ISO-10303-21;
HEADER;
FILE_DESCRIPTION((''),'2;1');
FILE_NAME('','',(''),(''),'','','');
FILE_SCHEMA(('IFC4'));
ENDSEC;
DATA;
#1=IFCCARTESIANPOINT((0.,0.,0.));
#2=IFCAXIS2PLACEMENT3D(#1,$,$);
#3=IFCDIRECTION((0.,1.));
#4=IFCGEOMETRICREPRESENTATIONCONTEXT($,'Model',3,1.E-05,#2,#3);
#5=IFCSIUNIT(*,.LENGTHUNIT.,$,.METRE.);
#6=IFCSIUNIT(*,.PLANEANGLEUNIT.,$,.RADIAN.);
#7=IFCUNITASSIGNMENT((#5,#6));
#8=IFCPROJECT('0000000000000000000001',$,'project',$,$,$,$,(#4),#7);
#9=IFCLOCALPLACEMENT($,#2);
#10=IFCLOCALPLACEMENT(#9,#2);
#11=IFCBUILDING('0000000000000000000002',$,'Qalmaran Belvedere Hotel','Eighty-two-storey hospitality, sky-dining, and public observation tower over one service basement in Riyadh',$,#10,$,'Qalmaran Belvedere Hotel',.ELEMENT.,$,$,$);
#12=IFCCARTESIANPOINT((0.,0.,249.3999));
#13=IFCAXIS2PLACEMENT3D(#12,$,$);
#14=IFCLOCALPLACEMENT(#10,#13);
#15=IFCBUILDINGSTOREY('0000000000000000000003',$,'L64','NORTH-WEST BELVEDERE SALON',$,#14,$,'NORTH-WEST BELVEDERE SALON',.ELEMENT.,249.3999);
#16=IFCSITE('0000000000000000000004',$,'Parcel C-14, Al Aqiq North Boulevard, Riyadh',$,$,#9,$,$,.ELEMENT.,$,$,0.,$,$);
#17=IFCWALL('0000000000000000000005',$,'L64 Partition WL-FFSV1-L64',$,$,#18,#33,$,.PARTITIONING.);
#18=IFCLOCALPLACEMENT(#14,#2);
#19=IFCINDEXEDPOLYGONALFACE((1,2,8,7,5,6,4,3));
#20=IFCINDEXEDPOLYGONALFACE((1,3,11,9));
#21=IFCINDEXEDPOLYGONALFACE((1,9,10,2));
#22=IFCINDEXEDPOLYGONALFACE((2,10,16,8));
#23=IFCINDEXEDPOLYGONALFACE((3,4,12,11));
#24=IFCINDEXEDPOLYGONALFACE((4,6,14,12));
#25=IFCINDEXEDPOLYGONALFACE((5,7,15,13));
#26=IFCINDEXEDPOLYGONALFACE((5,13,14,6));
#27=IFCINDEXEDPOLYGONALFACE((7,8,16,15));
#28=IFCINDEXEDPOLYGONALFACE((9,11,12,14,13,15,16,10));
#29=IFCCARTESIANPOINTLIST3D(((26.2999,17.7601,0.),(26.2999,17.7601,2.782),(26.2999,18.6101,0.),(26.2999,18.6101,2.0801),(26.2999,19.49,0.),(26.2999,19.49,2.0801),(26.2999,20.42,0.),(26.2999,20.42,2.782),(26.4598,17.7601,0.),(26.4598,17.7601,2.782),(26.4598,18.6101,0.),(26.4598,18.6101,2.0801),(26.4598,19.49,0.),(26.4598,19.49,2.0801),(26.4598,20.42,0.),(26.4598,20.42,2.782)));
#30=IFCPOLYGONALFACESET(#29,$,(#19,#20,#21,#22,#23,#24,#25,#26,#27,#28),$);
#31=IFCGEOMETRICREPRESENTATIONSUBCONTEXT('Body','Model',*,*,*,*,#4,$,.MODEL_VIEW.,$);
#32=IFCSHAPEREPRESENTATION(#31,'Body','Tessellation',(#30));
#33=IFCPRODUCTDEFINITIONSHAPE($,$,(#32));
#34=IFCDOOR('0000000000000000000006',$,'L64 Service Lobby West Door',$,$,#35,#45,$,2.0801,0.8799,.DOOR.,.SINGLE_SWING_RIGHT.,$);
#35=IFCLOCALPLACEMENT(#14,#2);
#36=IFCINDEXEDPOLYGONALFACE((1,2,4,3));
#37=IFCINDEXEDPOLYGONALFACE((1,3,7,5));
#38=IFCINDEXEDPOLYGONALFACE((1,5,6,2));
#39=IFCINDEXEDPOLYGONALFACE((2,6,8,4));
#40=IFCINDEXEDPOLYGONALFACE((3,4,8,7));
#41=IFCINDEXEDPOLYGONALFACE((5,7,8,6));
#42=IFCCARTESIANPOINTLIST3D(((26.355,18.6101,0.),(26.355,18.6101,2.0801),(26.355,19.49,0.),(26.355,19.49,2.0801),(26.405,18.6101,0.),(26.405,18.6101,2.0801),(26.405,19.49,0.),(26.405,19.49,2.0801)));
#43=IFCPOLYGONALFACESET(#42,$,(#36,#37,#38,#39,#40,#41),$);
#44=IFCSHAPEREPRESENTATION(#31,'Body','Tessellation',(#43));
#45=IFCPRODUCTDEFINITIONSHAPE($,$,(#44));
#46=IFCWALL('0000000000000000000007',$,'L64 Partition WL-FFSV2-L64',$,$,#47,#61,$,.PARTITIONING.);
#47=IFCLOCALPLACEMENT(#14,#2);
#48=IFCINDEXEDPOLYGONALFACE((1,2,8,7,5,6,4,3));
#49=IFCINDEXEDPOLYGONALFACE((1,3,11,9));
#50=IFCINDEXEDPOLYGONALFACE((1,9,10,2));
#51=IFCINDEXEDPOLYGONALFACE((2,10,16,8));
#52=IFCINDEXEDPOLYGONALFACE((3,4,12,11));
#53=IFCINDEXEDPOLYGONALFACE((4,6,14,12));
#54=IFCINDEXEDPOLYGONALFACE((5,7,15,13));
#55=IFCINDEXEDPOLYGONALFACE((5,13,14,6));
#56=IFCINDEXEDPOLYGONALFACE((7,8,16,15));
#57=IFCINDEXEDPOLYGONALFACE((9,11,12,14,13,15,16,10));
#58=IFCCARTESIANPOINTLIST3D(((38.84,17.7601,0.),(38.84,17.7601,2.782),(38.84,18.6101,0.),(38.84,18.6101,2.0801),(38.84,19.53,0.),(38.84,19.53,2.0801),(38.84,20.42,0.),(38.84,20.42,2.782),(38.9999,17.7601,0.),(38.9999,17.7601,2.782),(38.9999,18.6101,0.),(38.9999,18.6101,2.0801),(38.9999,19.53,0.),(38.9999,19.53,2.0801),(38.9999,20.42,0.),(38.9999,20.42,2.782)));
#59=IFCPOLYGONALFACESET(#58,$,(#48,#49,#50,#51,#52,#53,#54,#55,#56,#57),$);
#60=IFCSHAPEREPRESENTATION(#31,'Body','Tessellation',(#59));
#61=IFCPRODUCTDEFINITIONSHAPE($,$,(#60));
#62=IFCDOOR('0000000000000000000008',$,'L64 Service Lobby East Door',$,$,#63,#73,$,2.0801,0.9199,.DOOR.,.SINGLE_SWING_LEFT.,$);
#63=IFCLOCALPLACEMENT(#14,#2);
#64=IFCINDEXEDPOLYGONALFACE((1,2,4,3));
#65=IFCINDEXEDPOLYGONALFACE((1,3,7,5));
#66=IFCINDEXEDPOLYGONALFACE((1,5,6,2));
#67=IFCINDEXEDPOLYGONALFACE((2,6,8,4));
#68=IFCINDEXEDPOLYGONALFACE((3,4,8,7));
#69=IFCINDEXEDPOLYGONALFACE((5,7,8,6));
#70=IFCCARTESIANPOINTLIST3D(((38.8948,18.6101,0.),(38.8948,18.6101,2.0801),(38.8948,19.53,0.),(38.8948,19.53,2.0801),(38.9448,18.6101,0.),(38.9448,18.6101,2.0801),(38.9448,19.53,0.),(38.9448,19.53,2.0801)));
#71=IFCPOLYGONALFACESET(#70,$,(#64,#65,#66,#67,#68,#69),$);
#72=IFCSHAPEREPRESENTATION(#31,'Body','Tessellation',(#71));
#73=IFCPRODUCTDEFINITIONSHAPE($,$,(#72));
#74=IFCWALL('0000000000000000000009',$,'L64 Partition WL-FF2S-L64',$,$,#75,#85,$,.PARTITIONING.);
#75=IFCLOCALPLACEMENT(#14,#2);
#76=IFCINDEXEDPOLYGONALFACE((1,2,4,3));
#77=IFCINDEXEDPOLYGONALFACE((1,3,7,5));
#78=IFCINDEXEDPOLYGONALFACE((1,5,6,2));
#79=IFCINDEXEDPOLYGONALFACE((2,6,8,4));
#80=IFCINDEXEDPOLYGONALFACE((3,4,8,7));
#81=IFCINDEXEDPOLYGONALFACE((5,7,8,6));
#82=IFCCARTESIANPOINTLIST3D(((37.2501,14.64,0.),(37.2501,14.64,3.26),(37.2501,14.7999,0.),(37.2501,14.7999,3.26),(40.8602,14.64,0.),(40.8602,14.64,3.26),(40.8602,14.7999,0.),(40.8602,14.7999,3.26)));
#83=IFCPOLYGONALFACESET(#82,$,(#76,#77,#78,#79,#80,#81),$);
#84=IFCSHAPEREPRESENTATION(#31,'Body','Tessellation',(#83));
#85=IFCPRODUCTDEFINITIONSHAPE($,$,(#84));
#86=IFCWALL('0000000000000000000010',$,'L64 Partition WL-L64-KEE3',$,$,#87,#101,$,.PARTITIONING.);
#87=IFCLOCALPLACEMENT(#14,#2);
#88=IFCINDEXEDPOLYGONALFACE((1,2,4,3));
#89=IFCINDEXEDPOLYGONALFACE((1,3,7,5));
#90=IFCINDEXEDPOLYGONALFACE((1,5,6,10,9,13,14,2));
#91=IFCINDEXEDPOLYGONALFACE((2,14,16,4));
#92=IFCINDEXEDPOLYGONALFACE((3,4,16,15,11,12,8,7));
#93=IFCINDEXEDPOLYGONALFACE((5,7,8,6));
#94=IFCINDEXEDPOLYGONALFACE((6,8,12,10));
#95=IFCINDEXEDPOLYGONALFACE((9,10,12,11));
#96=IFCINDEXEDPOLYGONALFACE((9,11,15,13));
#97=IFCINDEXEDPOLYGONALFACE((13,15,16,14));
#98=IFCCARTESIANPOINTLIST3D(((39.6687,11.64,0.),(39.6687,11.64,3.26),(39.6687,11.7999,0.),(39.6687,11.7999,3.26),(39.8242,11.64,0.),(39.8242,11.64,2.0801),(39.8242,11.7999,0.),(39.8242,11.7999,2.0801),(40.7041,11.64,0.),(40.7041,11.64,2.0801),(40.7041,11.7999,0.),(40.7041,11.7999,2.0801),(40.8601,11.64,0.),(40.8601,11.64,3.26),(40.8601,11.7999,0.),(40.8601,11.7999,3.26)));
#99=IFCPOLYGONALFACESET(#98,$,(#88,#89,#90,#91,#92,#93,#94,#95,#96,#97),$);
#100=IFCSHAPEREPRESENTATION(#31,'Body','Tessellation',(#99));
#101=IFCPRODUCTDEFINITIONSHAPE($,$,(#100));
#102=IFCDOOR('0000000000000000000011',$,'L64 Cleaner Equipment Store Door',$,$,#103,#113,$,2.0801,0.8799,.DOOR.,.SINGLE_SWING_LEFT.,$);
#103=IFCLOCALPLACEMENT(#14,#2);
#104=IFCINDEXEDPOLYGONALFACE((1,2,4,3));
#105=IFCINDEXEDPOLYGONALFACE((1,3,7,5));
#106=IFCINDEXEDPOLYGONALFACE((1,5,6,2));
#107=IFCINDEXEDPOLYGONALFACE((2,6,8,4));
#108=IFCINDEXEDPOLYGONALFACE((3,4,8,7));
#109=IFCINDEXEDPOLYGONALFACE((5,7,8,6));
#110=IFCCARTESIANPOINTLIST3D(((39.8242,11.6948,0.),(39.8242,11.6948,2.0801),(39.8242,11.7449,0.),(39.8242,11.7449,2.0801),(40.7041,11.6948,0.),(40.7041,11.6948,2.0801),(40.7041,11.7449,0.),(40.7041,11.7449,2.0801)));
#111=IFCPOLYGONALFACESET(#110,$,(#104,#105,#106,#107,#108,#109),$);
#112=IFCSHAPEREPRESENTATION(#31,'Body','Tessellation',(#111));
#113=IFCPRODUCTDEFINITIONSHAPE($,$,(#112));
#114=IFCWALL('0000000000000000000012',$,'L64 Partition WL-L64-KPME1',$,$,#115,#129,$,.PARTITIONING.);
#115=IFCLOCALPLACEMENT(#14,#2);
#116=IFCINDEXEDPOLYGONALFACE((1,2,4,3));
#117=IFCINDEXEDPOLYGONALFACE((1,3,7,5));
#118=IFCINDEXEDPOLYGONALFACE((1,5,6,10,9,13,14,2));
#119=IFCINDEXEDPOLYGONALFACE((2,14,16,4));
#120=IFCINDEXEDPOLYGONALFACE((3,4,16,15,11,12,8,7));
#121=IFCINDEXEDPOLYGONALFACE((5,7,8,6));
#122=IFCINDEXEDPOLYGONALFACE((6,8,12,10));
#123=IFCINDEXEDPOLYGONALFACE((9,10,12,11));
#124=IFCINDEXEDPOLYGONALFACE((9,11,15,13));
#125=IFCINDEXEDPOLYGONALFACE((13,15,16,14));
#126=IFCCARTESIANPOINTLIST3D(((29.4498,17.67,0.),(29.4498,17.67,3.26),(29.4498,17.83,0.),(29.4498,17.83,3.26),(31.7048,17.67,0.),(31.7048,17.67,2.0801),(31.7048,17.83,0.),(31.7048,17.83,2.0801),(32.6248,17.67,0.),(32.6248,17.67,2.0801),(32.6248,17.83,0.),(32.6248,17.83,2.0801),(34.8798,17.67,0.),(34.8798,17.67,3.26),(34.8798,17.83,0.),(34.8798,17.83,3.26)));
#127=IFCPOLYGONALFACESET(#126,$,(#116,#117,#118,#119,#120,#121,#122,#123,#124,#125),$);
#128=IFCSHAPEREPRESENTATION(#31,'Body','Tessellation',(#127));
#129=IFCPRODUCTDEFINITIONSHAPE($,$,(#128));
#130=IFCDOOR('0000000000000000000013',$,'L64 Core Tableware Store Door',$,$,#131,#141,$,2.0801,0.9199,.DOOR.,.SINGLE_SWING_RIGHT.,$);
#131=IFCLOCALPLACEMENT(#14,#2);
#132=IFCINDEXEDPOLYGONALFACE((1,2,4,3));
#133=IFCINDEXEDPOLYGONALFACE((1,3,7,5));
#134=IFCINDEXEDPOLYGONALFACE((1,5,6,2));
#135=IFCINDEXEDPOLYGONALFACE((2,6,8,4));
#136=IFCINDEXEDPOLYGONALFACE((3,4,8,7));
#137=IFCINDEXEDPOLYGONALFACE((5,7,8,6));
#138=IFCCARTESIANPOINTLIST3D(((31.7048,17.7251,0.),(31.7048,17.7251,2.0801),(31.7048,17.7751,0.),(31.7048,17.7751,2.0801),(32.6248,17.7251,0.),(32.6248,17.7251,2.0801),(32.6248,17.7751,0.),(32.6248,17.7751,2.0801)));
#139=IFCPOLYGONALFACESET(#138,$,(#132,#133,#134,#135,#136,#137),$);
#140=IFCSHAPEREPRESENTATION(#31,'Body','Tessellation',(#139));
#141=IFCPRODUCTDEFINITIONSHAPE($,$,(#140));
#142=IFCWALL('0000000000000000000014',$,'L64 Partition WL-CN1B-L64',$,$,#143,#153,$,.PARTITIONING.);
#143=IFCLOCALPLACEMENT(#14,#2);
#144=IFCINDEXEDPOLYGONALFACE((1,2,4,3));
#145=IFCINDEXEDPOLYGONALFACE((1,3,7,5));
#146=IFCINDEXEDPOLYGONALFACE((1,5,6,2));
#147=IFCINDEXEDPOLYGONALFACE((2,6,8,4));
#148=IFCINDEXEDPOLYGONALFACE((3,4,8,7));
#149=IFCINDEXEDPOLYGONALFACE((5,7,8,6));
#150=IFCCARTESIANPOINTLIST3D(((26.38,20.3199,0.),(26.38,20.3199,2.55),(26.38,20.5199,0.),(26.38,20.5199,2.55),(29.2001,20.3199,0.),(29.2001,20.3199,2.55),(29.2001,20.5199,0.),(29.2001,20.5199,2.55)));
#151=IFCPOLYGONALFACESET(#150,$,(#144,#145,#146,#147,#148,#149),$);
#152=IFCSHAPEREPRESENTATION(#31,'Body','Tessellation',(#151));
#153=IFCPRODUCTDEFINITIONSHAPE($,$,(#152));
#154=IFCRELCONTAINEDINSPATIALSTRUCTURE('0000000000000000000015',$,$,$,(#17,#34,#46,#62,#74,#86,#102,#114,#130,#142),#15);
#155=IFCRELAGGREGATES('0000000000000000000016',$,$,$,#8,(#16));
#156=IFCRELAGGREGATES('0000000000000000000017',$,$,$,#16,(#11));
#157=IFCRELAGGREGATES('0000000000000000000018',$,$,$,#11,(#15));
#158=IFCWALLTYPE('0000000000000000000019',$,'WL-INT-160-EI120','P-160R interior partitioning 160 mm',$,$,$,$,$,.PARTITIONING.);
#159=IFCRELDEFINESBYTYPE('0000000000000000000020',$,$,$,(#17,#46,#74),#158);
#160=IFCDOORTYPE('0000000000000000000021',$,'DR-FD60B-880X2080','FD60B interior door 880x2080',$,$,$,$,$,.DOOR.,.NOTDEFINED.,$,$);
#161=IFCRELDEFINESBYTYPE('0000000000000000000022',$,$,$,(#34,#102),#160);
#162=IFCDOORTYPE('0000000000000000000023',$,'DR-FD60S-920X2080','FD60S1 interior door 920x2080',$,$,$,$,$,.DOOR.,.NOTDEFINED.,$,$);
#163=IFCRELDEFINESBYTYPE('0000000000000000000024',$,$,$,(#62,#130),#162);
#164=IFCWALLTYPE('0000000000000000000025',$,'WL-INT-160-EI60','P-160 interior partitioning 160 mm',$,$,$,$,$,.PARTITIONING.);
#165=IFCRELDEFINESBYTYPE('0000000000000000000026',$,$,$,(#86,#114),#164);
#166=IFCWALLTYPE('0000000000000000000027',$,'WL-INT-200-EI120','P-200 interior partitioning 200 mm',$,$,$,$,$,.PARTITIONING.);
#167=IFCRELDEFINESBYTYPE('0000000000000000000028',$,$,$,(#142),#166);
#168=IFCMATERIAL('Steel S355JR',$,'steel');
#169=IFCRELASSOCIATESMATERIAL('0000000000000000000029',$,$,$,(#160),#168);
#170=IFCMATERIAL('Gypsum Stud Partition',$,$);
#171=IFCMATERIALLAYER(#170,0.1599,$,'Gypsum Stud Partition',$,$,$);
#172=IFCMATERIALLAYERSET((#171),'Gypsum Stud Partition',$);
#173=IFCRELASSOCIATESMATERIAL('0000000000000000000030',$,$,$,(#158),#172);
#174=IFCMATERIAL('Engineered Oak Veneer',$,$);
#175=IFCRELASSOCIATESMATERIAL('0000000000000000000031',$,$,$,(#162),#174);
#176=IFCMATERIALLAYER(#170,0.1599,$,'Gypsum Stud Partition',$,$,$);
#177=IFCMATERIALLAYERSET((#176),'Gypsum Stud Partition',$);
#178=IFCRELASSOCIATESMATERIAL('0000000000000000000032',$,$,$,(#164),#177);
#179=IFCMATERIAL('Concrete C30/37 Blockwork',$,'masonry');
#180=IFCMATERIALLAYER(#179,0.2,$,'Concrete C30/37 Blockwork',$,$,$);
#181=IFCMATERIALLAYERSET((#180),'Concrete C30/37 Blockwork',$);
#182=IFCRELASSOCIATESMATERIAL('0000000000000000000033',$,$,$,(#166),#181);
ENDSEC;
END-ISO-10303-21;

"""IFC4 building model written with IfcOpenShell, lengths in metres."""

from ifc_helpers import new_model, si_unit, direction, frame, frame_2d, origin, place, context, subcontext, project, spatial, rectangle, extrude, material, layer, layer_set, type_object, element, fill, save


model = new_model("IFC4")

# Units and contexts
model_context = context("Model", 3, precision=1e-05, world=origin(), true_north=direction((0.0, 1.0)))
body_context = subcontext(model_context, "Body", "Model", "MODEL_VIEW")
ifc_project = project(units=[si_unit("LENGTHUNIT", "METRE"), si_unit("PLANEANGLEUNIT", "RADIAN")], contexts=[model_context])

# Site, building, storey
site_placement = place(None, origin())
site = spatial("IfcSite", under=ifc_project, at=site_placement, Name="Parcel C-14, Al Aqiq North Boulevard, Riyadh", CompositionType="ELEMENT", RefElevation=0.0)
building_placement = place(site_placement, origin())
building = spatial("IfcBuilding", under=site, at=building_placement, Name="Qalmaran Belvedere Hotel", Description="Eighty-two-storey hospitality, sky-dining, and public observation tower over one service basement in Riyadh", LongName="Qalmaran Belvedere Hotel", CompositionType="ELEMENT")
storey_placement = place(building_placement, frame((0.0, 0.0, 249.3999)))
storey = spatial("IfcBuildingStorey", under=building, at=storey_placement, Name="L64", Description="NORTH-WEST BELVEDERE SALON", LongName="NORTH-WEST BELVEDERE SALON", CompositionType="ELEMENT", Elevation=249.3999)

# Shared definitions
ifc_material_1 = material(Name="Steel S355JR", Category="steel")

# Shared definitions
ifc_material_2 = material(Name="Gypsum Stud Partition")

# Walls, openings, doors
door_type_1 = type_object("IfcDoorType", Name="DR-FD60B-880X2080", Description="FD60B interior door 880x2080", OperationType="NOTDEFINED", PredefinedType="DOOR", material=ifc_material_1)
ifc_layer_1 = layer(ifc_material_2, 0.1599, Name="Gypsum Stud Partition")
ifc_layer_set_1 = layer_set([ifc_layer_1], Name="Gypsum Stud Partition")
wall_type_1 = type_object("IfcWallType", Name="WL-INT-160-EI120", Description="P-160R interior partitioning 160 mm", PredefinedType="PARTITIONING", material=ifc_layer_set_1)
wall_1_placement = place(storey_placement, frame((26.3799, 17.76, 0.0), z_axis=(0.0, 0.0, 1.0), x_axis=(0.0, 1.0, 0.0)))
wall_1 = element("IfcWall", 1, at=wall_1_placement, inside=storey, type_object=wall_type_1, Name="L64 Partition WL-FFSV1-L64", PredefinedType="PARTITIONING", context=body_context, shape_type="SweptSolid", body=[
    extrude(rectangle(XDim=2.6599, YDim=0.1599, at=frame_2d((1.3301, 0.0))), origin(), (0.0, 0.0, 1.0), 2.782),
])
opening_1_placement = place(wall_1_placement, frame((0.8501, 0.0, 0.0)))
opening_1 = element("IfcOpeningElement", 2, at=opening_1_placement, cuts=wall_1, PredefinedType="OPENING", context=body_context, shape_type="SweptSolid", body=[
    extrude(rectangle(XDim=0.8799, YDim=2.0801, at=frame_2d((0.4399, 1.04))), frame((0.0, 0.0898, 0.0), z_axis=(0.0, -1.0, 0.0), x_axis=(1.0, 0.0, 0.0)), (0.0, 0.0, 1.0), 0.1799),
])
door_1_placement = place(opening_1_placement, origin())
door_1 = element("IfcDoor", 3, at=door_1_placement, inside=storey, type_object=door_type_1, Name="L64 Service Lobby West Door", OperationType="SINGLE_SWING_RIGHT", OverallHeight=2.0801, OverallWidth=0.8799, PredefinedType="DOOR", context=body_context, shape_type="SweptSolid", body=[
    extrude(rectangle(XDim=0.8799, YDim=2.0801, at=frame_2d((0.4399, 1.04))), frame((0.0, 0.0249, 0.0), z_axis=(0.0, -1.0, 0.0), x_axis=(1.0, 0.0, 0.0)), (0.0, 0.0, 1.0), 0.05),
])
fill(opening_1, door_1)
wall_2_placement = place(storey_placement, frame((38.9199, 17.76, 0.0), z_axis=(0.0, 0.0, 1.0), x_axis=(0.0, 1.0, 0.0)))
wall_2 = element("IfcWall", 4, at=wall_2_placement, inside=storey, type_object=wall_type_1, Name="L64 Partition WL-FFSV2-L64", PredefinedType="PARTITIONING", context=body_context, shape_type="SweptSolid", body=[
    extrude(rectangle(XDim=2.6599, YDim=0.1599, at=frame_2d((1.3301, 0.0))), origin(), (0.0, 0.0, 1.0), 2.782),
])
opening_2_placement = place(wall_2_placement, frame((1.77, 0.0, 0.0), z_axis=(0.0, 0.0, 1.0), x_axis=(-1.0, 0.0, 0.0)))
opening_2 = element("IfcOpeningElement", 5, at=opening_2_placement, cuts=wall_2, PredefinedType="OPENING", context=body_context, shape_type="SweptSolid", body=[
    extrude(rectangle(XDim=0.9199, YDim=2.0801, at=frame_2d((0.46, 1.04))), frame((0.0, 0.0898, 0.0), z_axis=(0.0, -1.0, 0.0), x_axis=(1.0, 0.0, 0.0)), (0.0, 0.0, 1.0), 0.1799),
])
ifc_material_3 = material(Name="Engineered Oak Veneer")
door_type_2 = type_object("IfcDoorType", Name="DR-FD60S-920X2080", Description="FD60S1 interior door 920x2080", OperationType="NOTDEFINED", PredefinedType="DOOR", material=ifc_material_3)
door_2_placement = place(opening_2_placement, origin())
door_2 = element("IfcDoor", 6, at=door_2_placement, inside=storey, type_object=door_type_2, Name="L64 Service Lobby East Door", OperationType="SINGLE_SWING_LEFT", OverallHeight=2.0801, OverallWidth=0.9199, PredefinedType="DOOR", context=body_context, shape_type="SweptSolid", body=[
    extrude(rectangle(XDim=0.9199, YDim=2.0801, at=frame_2d((0.46, 1.04))), frame((0.0, 0.0249, 0.0), z_axis=(0.0, -1.0, 0.0), x_axis=(1.0, 0.0, 0.0)), (0.0, 0.0, 1.0), 0.05),
])
fill(opening_2, door_2)

# Wall
wall_3_placement = place(storey_placement, frame((37.25, 14.72, 0.0), z_axis=(0.0, 0.0, 1.0), x_axis=(1.0, 0.0, 0.0)))
element("IfcWall", 7, at=wall_3_placement, inside=storey, type_object=wall_type_1, Name="L64 Partition WL-FF2S-L64", PredefinedType="PARTITIONING", context=body_context, shape_type="SweptSolid", body=[
    extrude(rectangle(XDim=3.6101, YDim=0.1599, at=frame_2d((1.8052, 0.0))), origin(), (0.0, 0.0, 1.0), 3.26),
])

# Walls, openings, doors
ifc_layer_2 = layer(ifc_material_2, 0.1599, Name="Gypsum Stud Partition")
ifc_layer_set_2 = layer_set([ifc_layer_2], Name="Gypsum Stud Partition")
wall_type_2 = type_object("IfcWallType", Name="WL-INT-160-EI60", Description="P-160 interior partitioning 160 mm", PredefinedType="PARTITIONING", material=ifc_layer_set_2)
wall_4_placement = place(storey_placement, frame((39.6687, 11.72, 0.0), z_axis=(0.0, 0.0, 1.0), x_axis=(1.0, 0.0, 0.0)))
wall_4 = element("IfcWall", 8, at=wall_4_placement, inside=storey, type_object=wall_type_2, Name="L64 Partition WL-L64-KEE3", PredefinedType="PARTITIONING", context=body_context, shape_type="SweptSolid", body=[
    extrude(rectangle(XDim=1.1914, YDim=0.1599, at=frame_2d((0.5957, 0.0))), origin(), (0.0, 0.0, 1.0), 3.26),
])
opening_3_placement = place(wall_4_placement, frame((0.1555, 0.0, 0.0)))
opening_3 = element("IfcOpeningElement", 9, at=opening_3_placement, cuts=wall_4, PredefinedType="OPENING", context=body_context, shape_type="SweptSolid", body=[
    extrude(rectangle(XDim=0.8799, YDim=2.0801, at=frame_2d((0.4399, 1.04))), frame((0.0, 0.0898, 0.0), z_axis=(0.0, -1.0, 0.0), x_axis=(1.0, 0.0, 0.0)), (0.0, 0.0, 1.0), 0.1799),
])
door_3_placement = place(opening_3_placement, origin())
door_3 = element("IfcDoor", 10, at=door_3_placement, inside=storey, type_object=door_type_1, Name="L64 Cleaner Equipment Store Door", OperationType="SINGLE_SWING_LEFT", OverallHeight=2.0801, OverallWidth=0.8799, PredefinedType="DOOR", context=body_context, shape_type="SweptSolid", body=[
    extrude(rectangle(XDim=0.8799, YDim=2.0801, at=frame_2d((0.4399, 1.04))), frame((0.0, 0.0249, 0.0), z_axis=(0.0, -1.0, 0.0), x_axis=(1.0, 0.0, 0.0)), (0.0, 0.0, 1.0), 0.05),
])
fill(opening_3, door_3)
wall_5_placement = place(storey_placement, frame((29.45, 17.75, 0.0), z_axis=(0.0, 0.0, 1.0), x_axis=(1.0, 0.0, 0.0)))
wall_5 = element("IfcWall", 11, at=wall_5_placement, inside=storey, type_object=wall_type_2, Name="L64 Partition WL-L64-KPME1", PredefinedType="PARTITIONING", context=body_context, shape_type="SweptSolid", body=[
    extrude(rectangle(XDim=5.4299, YDim=0.1599, at=frame_2d((2.7148, 0.0))), origin(), (0.0, 0.0, 1.0), 3.26),
])
opening_4_placement = place(wall_5_placement, frame((3.1748, 0.0, 0.0), z_axis=(0.0, 0.0, 1.0), x_axis=(-1.0, 0.0, 0.0)))
opening_4 = element("IfcOpeningElement", 12, at=opening_4_placement, cuts=wall_5, PredefinedType="OPENING", context=body_context, shape_type="SweptSolid", body=[
    extrude(rectangle(XDim=0.9199, YDim=2.0801, at=frame_2d((0.46, 1.04))), frame((0.0, 0.0898, 0.0), z_axis=(0.0, -1.0, 0.0), x_axis=(1.0, 0.0, 0.0)), (0.0, 0.0, 1.0), 0.1799),
])
door_4_placement = place(opening_4_placement, origin())
door_4 = element("IfcDoor", 13, at=door_4_placement, inside=storey, type_object=door_type_2, Name="L64 Core Tableware Store Door", OperationType="SINGLE_SWING_RIGHT", OverallHeight=2.0801, OverallWidth=0.9199, PredefinedType="DOOR", context=body_context, shape_type="SweptSolid", body=[
    extrude(rectangle(XDim=0.9199, YDim=2.0801, at=frame_2d((0.46, 1.04))), frame((0.0, 0.0249, 0.0), z_axis=(0.0, -1.0, 0.0), x_axis=(1.0, 0.0, 0.0)), (0.0, 0.0, 1.0), 0.05),
])
fill(opening_4, door_4)

# Wall
ifc_material_4 = material(Name="Concrete C30/37 Blockwork", Category="masonry")
ifc_layer_3 = layer(ifc_material_4, 0.2, Name="Concrete C30/37 Blockwork")
ifc_layer_set_3 = layer_set([ifc_layer_3], Name="Concrete C30/37 Blockwork")
wall_type_3 = type_object("IfcWallType", Name="WL-INT-200-EI120", Description="P-200 interior partitioning 200 mm", PredefinedType="PARTITIONING", material=ifc_layer_set_3)
wall_6_placement = place(storey_placement, frame((26.3799, 20.4199, 0.0), z_axis=(0.0, 0.0, 1.0), x_axis=(1.0, 0.0, 0.0)))
element("IfcWall", 14, at=wall_6_placement, inside=storey, type_object=wall_type_3, Name="L64 Partition WL-CN1B-L64", PredefinedType="PARTITIONING", context=body_context, shape_type="SweptSolid", body=[
    extrude(rectangle(XDim=2.8201, YDim=0.2, at=frame_2d((1.4102, 0.0))), origin(), (0.0, 0.0, 1.0), 2.55),
])

save(model, "model.ifc")
